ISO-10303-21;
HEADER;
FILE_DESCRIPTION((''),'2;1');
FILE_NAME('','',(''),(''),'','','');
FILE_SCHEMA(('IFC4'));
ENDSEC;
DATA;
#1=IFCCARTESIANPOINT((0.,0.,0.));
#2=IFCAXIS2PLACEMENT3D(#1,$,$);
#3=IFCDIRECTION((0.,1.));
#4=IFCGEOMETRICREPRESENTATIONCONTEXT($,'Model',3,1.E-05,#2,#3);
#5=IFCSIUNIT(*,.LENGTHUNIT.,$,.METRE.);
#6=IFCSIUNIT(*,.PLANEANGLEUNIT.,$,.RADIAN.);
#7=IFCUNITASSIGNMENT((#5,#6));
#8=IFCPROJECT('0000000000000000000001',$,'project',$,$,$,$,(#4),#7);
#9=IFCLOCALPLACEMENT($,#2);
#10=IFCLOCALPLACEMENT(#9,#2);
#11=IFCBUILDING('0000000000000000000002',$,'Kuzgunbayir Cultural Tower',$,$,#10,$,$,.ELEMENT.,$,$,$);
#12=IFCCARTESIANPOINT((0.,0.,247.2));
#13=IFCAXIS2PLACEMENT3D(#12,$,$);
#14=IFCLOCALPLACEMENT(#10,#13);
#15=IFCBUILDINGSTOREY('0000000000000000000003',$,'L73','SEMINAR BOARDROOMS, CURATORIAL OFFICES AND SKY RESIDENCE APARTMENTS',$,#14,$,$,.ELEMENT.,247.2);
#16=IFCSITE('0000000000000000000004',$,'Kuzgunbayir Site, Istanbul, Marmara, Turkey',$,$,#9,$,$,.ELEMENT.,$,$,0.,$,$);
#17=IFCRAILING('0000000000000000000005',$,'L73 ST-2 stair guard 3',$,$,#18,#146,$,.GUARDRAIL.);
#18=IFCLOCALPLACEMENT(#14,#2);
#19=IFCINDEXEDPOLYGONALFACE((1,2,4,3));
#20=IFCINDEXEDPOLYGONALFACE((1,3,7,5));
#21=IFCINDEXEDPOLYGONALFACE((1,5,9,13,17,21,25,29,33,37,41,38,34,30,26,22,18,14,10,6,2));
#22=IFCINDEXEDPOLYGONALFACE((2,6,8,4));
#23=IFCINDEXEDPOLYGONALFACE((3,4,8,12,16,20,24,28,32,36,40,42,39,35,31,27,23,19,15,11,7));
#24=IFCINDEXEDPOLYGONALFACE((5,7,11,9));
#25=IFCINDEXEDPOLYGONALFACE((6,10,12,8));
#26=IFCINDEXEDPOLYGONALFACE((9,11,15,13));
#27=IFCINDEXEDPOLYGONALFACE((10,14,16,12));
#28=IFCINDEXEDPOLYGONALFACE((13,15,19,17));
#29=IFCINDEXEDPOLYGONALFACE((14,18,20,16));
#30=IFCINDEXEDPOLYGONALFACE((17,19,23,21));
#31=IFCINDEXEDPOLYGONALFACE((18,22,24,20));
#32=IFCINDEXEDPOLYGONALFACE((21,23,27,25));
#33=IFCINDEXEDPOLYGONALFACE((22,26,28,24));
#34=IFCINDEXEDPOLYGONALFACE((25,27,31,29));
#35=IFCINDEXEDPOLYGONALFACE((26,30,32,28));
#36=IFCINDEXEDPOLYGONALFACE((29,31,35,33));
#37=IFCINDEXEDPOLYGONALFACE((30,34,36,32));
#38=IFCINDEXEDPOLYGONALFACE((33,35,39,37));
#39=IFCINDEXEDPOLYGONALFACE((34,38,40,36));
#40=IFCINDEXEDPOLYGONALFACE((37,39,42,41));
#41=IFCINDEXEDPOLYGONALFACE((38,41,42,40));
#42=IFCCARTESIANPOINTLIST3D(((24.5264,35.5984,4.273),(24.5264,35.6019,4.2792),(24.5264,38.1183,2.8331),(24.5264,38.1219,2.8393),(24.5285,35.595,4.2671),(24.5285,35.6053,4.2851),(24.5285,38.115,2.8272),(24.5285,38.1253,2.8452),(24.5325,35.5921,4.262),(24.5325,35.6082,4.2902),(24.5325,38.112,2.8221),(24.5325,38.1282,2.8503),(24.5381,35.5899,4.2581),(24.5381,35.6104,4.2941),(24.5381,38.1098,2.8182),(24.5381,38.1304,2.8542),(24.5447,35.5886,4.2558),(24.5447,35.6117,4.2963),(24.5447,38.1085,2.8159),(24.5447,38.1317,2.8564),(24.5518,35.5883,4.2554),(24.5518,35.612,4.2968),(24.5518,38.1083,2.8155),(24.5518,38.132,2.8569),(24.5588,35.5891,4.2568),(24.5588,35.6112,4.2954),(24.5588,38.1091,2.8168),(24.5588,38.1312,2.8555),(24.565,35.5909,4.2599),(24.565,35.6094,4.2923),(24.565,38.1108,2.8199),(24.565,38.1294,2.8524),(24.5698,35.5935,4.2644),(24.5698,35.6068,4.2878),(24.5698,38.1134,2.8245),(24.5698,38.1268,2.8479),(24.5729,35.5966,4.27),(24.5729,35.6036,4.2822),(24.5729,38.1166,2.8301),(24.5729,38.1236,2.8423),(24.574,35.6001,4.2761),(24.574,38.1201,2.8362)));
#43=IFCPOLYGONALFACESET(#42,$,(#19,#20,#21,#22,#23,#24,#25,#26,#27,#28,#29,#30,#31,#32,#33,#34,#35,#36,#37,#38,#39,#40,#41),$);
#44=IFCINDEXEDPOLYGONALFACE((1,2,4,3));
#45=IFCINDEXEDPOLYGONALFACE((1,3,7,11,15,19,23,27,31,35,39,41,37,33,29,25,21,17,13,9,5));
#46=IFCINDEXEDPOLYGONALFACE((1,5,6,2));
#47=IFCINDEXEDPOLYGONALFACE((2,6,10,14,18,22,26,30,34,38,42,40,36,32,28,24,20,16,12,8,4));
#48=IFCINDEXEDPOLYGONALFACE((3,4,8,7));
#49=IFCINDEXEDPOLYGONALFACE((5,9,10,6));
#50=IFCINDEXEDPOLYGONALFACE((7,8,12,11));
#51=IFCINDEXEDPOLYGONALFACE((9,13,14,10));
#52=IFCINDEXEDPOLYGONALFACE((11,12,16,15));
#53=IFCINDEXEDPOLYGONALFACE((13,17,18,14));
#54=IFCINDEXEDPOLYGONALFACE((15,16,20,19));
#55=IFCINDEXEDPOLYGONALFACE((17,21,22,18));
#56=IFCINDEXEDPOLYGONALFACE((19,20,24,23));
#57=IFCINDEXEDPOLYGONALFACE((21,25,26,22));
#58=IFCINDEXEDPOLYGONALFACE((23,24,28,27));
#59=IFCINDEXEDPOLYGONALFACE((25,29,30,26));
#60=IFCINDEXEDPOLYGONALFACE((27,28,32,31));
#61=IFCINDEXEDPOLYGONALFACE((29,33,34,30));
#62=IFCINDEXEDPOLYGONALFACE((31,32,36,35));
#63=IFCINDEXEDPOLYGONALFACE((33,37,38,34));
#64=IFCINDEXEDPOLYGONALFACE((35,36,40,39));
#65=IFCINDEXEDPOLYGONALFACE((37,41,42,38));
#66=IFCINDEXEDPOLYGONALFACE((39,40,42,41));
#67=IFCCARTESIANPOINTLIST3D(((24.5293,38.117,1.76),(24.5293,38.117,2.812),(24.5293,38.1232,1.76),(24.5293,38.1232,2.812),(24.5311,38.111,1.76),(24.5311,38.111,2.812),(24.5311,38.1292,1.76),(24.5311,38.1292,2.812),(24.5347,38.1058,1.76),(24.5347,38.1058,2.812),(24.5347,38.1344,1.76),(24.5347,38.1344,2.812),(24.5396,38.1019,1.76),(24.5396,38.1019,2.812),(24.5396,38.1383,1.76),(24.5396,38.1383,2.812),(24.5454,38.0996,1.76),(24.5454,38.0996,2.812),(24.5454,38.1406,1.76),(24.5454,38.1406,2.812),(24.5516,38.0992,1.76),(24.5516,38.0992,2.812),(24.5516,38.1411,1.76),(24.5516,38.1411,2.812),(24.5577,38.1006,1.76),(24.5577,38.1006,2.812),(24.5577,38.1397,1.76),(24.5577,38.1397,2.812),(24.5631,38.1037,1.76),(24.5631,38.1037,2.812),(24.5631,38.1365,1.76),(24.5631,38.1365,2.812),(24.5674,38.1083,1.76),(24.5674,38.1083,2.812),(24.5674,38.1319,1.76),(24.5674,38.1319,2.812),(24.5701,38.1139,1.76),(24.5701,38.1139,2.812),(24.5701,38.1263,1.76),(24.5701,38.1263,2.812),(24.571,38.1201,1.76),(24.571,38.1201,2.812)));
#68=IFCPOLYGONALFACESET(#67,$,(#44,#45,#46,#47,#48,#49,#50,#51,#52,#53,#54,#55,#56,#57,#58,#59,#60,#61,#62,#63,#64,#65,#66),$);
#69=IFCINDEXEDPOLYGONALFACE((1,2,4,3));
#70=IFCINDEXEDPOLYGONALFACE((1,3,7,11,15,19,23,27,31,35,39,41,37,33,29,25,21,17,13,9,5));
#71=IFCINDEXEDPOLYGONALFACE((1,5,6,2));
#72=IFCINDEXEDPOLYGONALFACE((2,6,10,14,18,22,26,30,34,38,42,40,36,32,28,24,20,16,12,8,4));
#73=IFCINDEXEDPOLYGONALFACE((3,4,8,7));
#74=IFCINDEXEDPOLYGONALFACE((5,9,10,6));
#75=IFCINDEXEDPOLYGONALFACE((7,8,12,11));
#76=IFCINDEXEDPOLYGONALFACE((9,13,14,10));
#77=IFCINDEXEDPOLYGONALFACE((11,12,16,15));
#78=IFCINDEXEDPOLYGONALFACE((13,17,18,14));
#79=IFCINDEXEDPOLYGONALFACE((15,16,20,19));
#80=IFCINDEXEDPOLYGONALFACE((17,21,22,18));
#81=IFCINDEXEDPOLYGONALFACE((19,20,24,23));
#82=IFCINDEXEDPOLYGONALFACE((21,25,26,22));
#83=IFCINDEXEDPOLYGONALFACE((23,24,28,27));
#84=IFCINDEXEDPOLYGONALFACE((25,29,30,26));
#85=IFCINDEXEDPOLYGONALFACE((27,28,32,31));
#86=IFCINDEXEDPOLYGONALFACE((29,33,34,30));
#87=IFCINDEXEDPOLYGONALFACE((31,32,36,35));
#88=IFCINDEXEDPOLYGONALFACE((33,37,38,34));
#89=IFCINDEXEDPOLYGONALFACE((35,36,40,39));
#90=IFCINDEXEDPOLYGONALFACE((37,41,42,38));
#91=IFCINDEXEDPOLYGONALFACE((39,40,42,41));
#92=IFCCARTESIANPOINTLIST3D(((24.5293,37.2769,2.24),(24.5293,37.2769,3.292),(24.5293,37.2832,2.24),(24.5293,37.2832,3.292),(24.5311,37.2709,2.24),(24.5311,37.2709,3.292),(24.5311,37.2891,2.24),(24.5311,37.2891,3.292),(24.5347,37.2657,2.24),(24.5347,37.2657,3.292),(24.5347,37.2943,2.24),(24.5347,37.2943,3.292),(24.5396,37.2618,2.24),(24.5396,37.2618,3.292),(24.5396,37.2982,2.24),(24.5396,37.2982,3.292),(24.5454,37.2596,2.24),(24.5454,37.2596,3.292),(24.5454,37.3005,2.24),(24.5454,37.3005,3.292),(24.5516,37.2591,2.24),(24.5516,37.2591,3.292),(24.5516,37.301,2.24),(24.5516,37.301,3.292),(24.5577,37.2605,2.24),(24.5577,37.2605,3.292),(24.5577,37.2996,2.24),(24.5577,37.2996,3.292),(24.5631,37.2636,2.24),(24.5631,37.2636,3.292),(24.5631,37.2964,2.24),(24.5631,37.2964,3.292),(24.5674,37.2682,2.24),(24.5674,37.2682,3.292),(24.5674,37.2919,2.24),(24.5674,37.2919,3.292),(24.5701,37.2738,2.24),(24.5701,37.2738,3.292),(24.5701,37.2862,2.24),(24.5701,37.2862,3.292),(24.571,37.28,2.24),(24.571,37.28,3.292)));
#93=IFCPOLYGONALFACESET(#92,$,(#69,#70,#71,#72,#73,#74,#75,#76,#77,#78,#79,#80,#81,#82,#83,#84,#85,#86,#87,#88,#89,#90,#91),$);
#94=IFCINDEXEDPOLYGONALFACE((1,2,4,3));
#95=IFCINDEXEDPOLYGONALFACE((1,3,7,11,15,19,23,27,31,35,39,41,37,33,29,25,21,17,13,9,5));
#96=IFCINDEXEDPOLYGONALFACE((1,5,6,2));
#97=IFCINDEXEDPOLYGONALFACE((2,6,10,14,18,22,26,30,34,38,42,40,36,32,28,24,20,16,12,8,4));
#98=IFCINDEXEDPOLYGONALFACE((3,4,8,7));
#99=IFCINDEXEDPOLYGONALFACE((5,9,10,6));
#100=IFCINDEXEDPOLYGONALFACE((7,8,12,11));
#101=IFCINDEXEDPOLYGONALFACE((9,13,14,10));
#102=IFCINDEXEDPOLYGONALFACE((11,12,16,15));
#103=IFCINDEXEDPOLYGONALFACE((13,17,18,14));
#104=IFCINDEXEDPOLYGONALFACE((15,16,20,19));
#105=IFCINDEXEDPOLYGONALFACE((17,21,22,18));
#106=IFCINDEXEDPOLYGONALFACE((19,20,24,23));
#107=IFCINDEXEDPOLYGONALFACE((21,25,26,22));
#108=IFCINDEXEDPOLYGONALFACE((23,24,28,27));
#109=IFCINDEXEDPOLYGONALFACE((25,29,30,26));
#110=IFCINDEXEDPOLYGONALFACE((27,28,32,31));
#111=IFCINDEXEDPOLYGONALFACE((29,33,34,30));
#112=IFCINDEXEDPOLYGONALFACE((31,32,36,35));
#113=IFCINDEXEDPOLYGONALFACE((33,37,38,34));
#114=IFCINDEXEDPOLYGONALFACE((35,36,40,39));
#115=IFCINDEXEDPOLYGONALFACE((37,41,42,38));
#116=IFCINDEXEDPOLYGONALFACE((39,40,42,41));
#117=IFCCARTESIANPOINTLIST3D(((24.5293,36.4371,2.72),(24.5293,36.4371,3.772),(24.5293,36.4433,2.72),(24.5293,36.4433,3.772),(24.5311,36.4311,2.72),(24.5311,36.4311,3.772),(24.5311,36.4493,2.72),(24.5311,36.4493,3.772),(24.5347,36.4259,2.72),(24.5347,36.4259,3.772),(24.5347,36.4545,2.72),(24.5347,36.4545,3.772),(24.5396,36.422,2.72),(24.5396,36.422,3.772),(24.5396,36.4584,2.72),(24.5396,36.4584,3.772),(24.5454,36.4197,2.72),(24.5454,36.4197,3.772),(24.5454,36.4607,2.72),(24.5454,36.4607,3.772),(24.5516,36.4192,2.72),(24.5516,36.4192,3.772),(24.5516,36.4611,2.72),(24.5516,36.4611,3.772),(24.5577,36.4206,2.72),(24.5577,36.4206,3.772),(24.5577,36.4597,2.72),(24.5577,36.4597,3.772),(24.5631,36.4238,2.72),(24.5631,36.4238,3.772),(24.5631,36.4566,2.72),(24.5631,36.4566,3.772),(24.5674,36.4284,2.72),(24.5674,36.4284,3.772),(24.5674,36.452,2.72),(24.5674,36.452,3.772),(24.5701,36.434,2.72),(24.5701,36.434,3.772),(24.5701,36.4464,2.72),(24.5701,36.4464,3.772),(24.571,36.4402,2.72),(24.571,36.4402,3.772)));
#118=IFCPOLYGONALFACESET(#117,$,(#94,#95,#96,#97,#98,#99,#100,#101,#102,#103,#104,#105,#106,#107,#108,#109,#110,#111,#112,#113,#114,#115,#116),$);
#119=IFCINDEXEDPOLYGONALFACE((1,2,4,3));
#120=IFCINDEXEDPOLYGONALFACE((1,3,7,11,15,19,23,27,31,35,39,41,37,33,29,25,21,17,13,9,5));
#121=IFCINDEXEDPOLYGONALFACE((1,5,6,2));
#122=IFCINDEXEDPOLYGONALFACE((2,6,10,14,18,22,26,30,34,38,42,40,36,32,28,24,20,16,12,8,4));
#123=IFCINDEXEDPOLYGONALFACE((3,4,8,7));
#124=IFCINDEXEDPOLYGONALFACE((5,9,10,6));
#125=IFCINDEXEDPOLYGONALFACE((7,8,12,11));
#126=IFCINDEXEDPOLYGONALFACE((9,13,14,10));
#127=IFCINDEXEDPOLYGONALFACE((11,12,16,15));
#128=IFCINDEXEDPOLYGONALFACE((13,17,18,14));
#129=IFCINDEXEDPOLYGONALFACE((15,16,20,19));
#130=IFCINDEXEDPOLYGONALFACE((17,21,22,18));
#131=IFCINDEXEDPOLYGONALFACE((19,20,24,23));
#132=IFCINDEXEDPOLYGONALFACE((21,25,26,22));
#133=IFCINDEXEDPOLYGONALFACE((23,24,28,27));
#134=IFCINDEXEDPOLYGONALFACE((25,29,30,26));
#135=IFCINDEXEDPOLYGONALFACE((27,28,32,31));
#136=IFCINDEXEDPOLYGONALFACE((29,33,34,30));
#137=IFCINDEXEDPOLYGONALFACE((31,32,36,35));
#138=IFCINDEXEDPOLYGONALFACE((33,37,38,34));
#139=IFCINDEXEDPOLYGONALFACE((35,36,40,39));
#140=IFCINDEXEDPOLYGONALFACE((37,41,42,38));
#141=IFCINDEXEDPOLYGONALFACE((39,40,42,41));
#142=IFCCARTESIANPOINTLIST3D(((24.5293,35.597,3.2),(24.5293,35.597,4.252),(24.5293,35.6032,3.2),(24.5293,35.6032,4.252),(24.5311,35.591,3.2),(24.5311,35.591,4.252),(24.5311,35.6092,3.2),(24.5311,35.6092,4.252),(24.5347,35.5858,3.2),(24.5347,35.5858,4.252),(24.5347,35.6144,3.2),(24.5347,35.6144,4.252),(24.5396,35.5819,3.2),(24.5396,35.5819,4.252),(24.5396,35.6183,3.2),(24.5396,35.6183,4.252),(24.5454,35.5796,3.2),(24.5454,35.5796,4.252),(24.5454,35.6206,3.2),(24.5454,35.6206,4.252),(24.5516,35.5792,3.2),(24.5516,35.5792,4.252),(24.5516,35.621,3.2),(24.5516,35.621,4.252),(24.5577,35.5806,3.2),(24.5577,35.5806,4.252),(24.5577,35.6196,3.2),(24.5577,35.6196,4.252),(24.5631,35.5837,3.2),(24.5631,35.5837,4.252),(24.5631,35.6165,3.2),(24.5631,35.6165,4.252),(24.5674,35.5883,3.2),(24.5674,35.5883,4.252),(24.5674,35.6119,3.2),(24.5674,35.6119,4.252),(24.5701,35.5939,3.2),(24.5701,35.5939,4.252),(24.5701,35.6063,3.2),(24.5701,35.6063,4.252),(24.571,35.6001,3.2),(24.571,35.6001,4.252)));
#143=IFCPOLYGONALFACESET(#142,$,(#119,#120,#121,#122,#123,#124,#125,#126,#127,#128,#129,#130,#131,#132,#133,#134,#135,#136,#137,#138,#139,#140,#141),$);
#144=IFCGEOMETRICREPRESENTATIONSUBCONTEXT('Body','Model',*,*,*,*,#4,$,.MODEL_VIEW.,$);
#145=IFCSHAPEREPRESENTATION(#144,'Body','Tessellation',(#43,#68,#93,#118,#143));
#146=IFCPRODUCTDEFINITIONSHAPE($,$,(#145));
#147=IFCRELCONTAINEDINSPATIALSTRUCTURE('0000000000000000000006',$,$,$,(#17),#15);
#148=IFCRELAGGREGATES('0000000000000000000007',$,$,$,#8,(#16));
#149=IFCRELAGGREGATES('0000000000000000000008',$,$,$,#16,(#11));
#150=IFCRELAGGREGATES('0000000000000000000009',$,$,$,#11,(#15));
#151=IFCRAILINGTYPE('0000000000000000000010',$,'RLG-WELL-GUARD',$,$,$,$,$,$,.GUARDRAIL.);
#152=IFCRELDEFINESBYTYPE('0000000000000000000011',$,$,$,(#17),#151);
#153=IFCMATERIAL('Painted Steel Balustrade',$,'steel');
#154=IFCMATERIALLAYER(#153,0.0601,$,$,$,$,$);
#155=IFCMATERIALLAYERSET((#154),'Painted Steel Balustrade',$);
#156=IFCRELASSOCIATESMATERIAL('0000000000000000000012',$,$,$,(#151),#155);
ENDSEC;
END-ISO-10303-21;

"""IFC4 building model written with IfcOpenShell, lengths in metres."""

from ifc_helpers import new_model, si_unit, direction, frame, origin, origin_2d, place, context, subcontext, project, spatial, circle, extrude, material, layer, layer_set, type_object, element, save


model = new_model("IFC4")

# Units and contexts
model_context = context("Model", 3, precision=1e-05, world=origin(), true_north=direction((0.0, 1.0)))
body_context = subcontext(model_context, "Body", "Model", "MODEL_VIEW")
ifc_project = project(units=[si_unit("LENGTHUNIT", "METRE"), si_unit("PLANEANGLEUNIT", "RADIAN")], contexts=[model_context])

# Site, building, storey
site_placement = place(None, origin())
site = spatial("IfcSite", under=ifc_project, at=site_placement, Name="Kuzgunbayir Site, Istanbul, Marmara, Turkey", CompositionType="ELEMENT", RefElevation=0.0)
building_placement = place(site_placement, origin())
building = spatial("IfcBuilding", under=site, at=building_placement, Name="Kuzgunbayir Cultural Tower", CompositionType="ELEMENT")
storey_placement = place(building_placement, frame((0.0, 0.0, 247.2)))
storey = spatial("IfcBuildingStorey", under=building, at=storey_placement, Name="L73", Description="SEMINAR BOARDROOMS, CURATORIAL OFFICES AND SKY RESIDENCE APARTMENTS", CompositionType="ELEMENT", Elevation=247.2)

# Railing
ifc_material_1 = material(Name="Painted Steel Balustrade", Category="steel")
ifc_layer_1 = layer(ifc_material_1, 0.0601)
ifc_layer_set_1 = layer_set([ifc_layer_1], Name="Painted Steel Balustrade")
railing_type_1 = type_object("IfcRailingType", Name="RLG-WELL-GUARD", PredefinedType="GUARDRAIL", material=ifc_layer_set_1)
railing_1_placement = place(storey_placement, frame((24.55, 38.1201, 1.76)))
element("IfcRailing", 1, at=railing_1_placement, inside=storey, type_object=railing_type_1, Name="L73 ST-2 stair guard 3", PredefinedType="GUARDRAIL", context=body_context, shape_type="SweptSolid", body=[
    extrude(circle(Radius=0.0239, at=origin_2d()), frame((0.0, 0.0, 1.0762), z_axis=(0.0, -0.868253, 0.496121), x_axis=(1.0, 0.0, 0.0)), (0.0, 0.0, 1.0), 2.9023),
    extrude(circle(Radius=0.021, at=origin_2d()), origin(), (0.0, 0.0, 1.0), 1.052),
    extrude(circle(Radius=0.021, at=origin_2d()), frame((0.0, -0.8401, 0.48)), (0.0, 0.0, 1.0), 1.052),
    extrude(circle(Radius=0.021, at=origin_2d()), frame((0.0, -1.6799, 0.96)), (0.0, 0.0, 1.0), 1.052),
    extrude(circle(Radius=0.021, at=origin_2d()), frame((0.0, -2.52, 1.4399)), (0.0, 0.0, 1.0), 1.052),
])

save(model, "model.ifc")
